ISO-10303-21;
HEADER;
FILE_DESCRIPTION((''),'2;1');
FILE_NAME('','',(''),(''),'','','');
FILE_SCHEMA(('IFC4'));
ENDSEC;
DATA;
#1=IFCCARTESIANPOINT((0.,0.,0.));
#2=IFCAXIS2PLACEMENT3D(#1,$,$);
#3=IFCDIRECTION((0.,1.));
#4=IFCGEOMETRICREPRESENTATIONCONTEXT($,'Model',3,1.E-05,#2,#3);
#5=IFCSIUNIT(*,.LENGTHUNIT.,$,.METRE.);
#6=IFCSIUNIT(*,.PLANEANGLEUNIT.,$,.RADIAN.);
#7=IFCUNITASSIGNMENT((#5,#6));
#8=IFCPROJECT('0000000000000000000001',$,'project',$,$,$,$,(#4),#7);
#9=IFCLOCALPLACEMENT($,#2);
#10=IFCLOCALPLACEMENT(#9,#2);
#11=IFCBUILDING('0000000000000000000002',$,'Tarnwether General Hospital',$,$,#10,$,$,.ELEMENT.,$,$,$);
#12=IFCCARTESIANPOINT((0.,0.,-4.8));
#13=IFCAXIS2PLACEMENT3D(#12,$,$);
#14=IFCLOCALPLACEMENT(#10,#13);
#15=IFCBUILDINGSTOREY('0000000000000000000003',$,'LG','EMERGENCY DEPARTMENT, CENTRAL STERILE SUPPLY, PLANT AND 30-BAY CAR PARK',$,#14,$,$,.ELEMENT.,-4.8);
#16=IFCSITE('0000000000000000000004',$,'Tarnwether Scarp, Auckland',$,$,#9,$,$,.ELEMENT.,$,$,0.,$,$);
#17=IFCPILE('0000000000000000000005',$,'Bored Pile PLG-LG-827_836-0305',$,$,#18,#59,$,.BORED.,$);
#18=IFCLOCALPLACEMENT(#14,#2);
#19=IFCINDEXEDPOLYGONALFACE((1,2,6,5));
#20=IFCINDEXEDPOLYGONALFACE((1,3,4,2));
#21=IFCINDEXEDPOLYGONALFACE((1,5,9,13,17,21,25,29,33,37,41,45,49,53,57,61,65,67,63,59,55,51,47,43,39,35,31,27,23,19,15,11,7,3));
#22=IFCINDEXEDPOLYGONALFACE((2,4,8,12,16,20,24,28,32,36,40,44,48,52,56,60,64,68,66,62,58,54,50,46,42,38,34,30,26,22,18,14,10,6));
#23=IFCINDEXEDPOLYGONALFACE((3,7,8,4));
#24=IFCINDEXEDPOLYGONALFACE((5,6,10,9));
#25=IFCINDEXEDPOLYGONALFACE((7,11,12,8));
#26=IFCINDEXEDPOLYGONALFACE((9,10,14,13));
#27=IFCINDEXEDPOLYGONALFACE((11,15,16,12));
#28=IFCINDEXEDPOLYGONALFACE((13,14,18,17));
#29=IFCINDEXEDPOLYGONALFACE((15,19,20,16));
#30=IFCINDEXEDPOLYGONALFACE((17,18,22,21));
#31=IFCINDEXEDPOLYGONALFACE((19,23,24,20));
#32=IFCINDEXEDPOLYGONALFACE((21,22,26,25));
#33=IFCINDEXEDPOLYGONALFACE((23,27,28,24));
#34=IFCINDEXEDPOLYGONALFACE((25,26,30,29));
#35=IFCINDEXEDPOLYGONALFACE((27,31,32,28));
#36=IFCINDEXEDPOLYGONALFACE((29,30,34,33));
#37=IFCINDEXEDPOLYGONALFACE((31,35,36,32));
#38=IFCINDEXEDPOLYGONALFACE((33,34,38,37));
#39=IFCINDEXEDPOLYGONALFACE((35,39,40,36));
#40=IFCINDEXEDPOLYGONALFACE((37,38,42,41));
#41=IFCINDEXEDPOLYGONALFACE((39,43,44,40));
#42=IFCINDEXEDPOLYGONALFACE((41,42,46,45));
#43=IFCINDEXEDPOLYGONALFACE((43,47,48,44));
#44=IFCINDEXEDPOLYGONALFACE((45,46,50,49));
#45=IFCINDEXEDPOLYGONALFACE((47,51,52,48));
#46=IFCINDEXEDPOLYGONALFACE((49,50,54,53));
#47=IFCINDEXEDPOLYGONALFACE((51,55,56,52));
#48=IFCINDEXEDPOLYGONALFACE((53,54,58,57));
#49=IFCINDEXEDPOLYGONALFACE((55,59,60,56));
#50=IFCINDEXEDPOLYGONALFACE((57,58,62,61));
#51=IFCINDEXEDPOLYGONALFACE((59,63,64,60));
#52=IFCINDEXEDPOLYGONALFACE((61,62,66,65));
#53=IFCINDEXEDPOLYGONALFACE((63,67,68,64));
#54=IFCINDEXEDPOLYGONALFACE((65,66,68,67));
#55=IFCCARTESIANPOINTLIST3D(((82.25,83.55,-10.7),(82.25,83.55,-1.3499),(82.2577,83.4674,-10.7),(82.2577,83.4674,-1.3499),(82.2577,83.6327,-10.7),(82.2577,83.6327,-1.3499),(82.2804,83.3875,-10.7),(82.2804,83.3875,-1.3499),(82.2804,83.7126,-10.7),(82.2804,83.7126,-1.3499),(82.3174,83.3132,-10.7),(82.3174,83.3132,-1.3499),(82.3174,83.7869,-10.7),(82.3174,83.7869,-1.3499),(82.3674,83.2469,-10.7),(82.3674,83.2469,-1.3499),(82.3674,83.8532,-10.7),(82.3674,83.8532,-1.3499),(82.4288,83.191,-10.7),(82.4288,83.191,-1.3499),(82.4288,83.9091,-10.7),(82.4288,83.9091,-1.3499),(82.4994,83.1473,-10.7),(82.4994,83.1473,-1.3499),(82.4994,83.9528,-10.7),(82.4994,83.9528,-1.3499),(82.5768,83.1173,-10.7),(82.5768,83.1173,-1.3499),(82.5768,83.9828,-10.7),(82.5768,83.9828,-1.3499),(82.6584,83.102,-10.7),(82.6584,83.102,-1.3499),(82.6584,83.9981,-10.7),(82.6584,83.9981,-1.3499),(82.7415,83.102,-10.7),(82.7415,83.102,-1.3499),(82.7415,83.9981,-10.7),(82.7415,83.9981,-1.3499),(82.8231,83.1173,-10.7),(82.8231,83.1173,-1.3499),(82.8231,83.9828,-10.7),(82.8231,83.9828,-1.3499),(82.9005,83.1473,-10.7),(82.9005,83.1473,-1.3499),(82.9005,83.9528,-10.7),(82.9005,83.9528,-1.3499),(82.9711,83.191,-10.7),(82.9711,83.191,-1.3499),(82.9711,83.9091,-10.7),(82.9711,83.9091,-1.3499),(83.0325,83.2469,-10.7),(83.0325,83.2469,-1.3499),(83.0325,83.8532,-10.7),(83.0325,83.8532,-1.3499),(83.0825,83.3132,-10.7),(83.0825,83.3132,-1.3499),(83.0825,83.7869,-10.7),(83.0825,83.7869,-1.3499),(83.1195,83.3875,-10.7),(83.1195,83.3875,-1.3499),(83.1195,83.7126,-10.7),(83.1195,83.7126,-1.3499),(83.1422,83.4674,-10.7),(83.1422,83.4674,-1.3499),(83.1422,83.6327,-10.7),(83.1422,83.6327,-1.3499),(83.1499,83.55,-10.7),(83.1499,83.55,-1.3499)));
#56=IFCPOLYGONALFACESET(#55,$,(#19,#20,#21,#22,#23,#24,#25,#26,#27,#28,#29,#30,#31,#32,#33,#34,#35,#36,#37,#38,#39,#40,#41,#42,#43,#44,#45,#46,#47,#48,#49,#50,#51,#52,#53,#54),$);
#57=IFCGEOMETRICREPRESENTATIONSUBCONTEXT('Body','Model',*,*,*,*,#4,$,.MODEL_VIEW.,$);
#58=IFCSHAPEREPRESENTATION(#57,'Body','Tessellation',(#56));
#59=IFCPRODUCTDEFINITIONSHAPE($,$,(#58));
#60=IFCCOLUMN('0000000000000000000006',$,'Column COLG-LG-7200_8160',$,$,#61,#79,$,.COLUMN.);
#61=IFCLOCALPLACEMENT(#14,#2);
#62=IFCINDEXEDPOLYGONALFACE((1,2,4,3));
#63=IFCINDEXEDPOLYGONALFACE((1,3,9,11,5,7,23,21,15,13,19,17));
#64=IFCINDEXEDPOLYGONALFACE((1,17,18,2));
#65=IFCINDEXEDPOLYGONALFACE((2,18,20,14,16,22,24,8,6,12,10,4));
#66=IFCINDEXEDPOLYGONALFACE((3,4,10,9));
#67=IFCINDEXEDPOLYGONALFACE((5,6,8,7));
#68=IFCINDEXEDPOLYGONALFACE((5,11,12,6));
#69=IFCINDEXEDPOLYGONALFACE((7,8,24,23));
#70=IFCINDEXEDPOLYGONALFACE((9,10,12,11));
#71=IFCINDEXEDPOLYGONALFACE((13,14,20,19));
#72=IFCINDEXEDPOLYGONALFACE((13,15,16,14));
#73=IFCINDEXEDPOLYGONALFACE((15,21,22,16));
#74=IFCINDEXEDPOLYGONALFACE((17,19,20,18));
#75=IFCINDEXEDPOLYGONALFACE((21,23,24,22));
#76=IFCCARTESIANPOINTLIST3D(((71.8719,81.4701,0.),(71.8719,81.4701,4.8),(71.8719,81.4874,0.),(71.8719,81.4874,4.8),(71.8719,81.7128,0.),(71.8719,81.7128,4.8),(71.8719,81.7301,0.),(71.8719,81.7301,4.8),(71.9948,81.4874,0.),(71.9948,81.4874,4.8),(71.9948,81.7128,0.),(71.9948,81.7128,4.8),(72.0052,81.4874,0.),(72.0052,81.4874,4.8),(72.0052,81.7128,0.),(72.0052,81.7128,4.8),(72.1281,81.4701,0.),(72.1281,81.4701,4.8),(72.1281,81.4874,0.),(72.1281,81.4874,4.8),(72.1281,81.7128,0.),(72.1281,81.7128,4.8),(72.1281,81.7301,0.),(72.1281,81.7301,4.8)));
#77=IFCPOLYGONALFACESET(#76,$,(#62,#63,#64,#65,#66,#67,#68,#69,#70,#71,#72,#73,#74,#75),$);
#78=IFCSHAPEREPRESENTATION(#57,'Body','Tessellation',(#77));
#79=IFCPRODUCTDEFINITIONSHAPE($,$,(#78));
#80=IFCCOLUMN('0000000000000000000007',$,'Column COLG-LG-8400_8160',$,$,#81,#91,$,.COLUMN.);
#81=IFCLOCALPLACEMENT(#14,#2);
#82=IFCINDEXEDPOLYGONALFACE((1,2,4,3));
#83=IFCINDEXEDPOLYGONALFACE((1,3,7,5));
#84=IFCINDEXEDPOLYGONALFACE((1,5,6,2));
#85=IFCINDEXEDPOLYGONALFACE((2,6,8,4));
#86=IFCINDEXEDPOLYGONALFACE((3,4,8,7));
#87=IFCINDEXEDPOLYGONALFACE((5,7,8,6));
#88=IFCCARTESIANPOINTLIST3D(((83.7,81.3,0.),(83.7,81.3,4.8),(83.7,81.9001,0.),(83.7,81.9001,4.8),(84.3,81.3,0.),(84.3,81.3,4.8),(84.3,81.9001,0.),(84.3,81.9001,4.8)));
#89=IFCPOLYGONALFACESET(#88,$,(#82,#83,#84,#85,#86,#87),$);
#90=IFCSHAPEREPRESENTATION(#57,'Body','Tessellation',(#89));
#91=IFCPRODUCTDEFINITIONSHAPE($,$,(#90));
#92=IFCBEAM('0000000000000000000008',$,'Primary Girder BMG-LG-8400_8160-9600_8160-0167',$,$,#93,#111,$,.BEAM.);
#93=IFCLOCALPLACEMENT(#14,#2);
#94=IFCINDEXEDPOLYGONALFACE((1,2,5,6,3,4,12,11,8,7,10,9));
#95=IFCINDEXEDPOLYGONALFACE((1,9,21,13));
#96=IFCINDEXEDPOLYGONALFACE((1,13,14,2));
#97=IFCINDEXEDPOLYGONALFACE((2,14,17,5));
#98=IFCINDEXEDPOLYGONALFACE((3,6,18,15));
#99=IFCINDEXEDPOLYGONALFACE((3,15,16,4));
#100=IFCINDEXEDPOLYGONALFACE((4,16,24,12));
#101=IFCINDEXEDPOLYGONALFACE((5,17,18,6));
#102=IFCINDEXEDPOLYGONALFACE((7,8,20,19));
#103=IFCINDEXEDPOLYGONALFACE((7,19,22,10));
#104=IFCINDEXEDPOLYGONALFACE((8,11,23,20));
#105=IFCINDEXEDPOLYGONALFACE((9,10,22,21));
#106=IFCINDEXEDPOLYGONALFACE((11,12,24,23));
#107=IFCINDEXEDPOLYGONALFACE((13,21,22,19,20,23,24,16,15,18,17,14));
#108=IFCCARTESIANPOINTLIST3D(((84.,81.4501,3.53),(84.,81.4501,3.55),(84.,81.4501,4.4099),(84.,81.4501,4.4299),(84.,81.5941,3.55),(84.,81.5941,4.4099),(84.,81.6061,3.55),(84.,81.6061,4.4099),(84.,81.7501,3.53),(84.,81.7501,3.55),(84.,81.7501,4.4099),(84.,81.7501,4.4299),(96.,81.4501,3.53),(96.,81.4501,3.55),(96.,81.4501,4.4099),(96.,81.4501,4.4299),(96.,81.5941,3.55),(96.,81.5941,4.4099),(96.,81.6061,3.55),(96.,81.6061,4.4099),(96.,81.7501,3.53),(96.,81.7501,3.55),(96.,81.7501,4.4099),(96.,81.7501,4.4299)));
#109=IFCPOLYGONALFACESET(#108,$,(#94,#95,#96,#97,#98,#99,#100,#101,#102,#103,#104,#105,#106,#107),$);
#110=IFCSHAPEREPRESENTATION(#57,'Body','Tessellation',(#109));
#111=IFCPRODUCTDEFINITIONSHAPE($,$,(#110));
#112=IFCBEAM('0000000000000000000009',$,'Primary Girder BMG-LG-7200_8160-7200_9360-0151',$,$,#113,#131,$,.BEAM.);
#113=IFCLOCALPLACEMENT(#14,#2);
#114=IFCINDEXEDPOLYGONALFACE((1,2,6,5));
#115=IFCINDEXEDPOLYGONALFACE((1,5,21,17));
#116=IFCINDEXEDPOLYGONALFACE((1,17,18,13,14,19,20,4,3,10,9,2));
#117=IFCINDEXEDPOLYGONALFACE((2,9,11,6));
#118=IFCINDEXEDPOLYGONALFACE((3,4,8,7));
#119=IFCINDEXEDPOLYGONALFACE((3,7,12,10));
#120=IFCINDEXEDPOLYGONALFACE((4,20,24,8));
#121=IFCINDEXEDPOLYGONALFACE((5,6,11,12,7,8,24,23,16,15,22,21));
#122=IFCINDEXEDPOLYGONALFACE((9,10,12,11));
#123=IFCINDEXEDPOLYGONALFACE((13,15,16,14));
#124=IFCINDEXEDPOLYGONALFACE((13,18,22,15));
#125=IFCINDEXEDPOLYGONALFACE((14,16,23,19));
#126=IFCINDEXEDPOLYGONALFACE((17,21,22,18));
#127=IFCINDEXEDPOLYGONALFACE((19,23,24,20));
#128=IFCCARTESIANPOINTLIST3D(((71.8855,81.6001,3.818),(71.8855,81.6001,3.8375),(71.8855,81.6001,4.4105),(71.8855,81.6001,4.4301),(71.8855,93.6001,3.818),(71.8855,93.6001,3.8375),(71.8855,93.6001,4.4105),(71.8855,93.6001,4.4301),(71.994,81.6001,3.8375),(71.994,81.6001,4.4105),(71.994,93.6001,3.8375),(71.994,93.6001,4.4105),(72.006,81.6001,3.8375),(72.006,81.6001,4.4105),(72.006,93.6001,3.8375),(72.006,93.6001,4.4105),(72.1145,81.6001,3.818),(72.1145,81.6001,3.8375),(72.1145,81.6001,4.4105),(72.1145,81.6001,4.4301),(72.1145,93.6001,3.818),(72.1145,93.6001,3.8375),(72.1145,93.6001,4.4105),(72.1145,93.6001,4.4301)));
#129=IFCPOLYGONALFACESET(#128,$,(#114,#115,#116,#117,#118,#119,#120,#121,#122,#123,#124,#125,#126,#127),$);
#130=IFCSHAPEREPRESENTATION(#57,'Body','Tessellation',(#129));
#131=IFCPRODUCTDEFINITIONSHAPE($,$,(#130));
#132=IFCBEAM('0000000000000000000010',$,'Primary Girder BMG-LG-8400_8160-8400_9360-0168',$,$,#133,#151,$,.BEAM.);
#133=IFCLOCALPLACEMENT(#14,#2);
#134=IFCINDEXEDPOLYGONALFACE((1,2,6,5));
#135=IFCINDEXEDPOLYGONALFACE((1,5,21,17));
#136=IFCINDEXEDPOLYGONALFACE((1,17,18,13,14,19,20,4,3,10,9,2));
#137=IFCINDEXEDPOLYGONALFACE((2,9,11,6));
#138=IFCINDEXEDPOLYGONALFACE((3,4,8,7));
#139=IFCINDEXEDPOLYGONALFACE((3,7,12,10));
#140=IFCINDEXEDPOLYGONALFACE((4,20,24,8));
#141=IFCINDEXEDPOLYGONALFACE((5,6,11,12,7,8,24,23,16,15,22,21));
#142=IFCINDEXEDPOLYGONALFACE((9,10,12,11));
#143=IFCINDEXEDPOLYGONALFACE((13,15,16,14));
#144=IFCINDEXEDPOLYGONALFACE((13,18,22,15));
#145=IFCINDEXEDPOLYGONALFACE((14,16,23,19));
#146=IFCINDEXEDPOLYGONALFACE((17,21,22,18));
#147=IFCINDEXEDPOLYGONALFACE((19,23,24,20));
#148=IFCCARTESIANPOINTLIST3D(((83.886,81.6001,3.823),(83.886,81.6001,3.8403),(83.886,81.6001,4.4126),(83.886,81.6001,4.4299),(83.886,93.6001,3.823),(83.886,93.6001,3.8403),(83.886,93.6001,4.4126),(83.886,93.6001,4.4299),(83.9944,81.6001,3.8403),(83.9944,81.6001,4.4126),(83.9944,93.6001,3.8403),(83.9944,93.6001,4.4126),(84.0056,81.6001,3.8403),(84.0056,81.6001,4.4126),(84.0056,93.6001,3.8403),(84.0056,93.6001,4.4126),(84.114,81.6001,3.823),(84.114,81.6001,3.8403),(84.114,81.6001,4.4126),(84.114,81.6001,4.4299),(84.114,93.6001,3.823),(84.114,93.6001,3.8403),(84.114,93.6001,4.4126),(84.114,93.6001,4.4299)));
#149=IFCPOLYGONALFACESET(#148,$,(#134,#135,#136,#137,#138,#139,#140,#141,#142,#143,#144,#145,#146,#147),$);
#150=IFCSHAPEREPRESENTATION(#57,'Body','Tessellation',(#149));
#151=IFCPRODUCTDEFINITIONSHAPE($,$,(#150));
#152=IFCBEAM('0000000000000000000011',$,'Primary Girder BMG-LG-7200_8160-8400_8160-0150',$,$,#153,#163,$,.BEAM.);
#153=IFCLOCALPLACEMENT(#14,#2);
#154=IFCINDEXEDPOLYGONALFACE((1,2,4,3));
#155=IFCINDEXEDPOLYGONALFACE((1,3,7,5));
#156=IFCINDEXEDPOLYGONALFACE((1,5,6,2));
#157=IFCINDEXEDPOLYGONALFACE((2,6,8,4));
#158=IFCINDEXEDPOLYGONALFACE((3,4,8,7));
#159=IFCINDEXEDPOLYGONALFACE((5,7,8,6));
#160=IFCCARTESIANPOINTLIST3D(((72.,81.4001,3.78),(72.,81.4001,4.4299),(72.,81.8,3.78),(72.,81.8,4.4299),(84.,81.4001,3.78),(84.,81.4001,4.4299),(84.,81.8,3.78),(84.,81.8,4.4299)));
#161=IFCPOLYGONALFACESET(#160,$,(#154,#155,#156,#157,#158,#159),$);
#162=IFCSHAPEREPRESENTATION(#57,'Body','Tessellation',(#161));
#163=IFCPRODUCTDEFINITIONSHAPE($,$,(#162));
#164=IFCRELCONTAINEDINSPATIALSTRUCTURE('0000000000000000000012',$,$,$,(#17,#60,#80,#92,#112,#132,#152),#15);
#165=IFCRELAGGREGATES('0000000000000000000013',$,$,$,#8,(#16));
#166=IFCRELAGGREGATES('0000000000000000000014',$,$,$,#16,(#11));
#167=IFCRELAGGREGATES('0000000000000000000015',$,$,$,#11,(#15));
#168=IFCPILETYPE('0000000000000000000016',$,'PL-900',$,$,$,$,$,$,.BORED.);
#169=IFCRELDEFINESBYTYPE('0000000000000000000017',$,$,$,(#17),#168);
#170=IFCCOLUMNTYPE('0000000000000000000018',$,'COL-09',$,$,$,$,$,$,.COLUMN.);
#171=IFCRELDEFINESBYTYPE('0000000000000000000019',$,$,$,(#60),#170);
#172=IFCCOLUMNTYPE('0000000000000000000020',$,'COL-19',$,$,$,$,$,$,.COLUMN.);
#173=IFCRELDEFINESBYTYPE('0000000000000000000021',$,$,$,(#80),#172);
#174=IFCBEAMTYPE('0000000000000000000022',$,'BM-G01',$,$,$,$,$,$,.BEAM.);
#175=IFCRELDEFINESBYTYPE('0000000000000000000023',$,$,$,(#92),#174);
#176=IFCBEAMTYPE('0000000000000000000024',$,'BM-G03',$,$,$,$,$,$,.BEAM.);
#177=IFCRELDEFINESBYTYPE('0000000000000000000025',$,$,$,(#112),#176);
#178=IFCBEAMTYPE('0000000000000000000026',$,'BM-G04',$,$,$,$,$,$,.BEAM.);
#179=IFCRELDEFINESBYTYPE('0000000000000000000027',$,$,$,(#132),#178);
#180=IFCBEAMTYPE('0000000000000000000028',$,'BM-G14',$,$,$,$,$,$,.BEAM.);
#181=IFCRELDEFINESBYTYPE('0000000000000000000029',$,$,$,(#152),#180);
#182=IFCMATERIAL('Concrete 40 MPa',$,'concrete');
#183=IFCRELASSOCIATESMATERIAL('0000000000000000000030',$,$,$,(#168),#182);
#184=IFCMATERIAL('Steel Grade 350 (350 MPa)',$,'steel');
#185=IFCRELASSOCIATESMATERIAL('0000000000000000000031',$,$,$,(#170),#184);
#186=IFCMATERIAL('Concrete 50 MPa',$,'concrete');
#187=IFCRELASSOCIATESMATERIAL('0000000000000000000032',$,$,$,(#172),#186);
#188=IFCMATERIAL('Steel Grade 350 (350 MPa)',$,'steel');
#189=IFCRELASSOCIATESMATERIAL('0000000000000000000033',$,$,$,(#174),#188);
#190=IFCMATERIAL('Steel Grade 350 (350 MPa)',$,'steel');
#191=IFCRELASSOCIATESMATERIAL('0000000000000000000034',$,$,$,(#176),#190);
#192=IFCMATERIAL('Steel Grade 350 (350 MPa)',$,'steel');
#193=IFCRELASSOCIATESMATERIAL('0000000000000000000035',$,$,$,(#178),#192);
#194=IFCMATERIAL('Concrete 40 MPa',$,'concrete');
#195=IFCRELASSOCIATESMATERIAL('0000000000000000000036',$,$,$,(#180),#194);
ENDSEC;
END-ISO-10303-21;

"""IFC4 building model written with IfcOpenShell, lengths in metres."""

from ifc_helpers import new_model, si_unit, direction, frame, origin, origin_2d, place, context, subcontext, project, spatial, rectangle, circle, i_section, extrude, material, material_profile, profile_set, type_object, element, save


model = new_model("IFC4")

# Units and contexts
model_context = context("Model", 3, precision=1e-05, world=origin(), true_north=direction((0.0, 1.0)))
body_context = subcontext(model_context, "Body", "Model", "MODEL_VIEW")
ifc_project = project(units=[si_unit("LENGTHUNIT", "METRE"), si_unit("PLANEANGLEUNIT", "RADIAN")], contexts=[model_context])

# Site, building, storey
site_placement = place(None, origin())
site = spatial("IfcSite", under=ifc_project, at=site_placement, Name="Tarnwether Scarp, Auckland", CompositionType="ELEMENT", RefElevation=0.0)
building_placement = place(site_placement, origin())
building = spatial("IfcBuilding", under=site, at=building_placement, Name="Tarnwether General Hospital", CompositionType="ELEMENT")
storey_placement = place(building_placement, frame((0.0, 0.0, -4.8)))
storey = spatial("IfcBuildingStorey", under=building, at=storey_placement, Name="LG", Description="EMERGENCY DEPARTMENT, CENTRAL STERILE SUPPLY, PLANT AND 30-BAY CAR PARK", CompositionType="ELEMENT", Elevation=-4.8)

# Pile
ifc_material_1 = material(Name="Concrete 40 MPa", Category="concrete")
ifc_material_profile_1 = material_profile(ifc_material_1, circle(Radius=0.45, at=origin_2d()), Name="PILE-D900")
ifc_profile_set_1 = profile_set([ifc_material_profile_1], Name="Concrete 40 MPa")
pile_type_1 = type_object("IfcPileType", Name="PL-900", PredefinedType="BORED", material=ifc_profile_set_1)
for number, where, z_axis, x_axis, name in (
    (1, (82.7, 83.55, -1.3499), (0.0, 0.0, -1.0), (1.0, 0.0, 0.0), "Bored Pile PLG-LG-827_836-0305"),
):
    element("IfcPile", number, at=place(storey_placement, frame(where, z_axis=z_axis, x_axis=x_axis)), inside=storey, type_object=pile_type_1, Name=name, PredefinedType="BORED", context=body_context, shape_type="SweptSolid", body=[
        extrude(circle(Radius=0.45, at=origin_2d()), origin(), (0.0, 0.0, 1.0), 9.3501),
    ])

# Columns
ifc_material_2 = material(Name="Steel Grade 350 (350 MPa)", Category="steel")
ifc_material_profile_2 = material_profile(ifc_material_2, i_section(OverallWidth=0.2561, OverallDepth=0.26, WebThickness=0.0105, FlangeThickness=0.0173, at=origin_2d()), Name="250UC89.5")
ifc_profile_set_2 = profile_set([ifc_material_profile_2], Name="Steel Grade 350 (350 MPa)")
column_type_1 = type_object("IfcColumnType", Name="COL-09", PredefinedType="COLUMN", material=ifc_profile_set_2)
column_1_placement = place(storey_placement, frame((72.0, 81.6001, 0.0), z_axis=(0.0, 0.0, 1.0), x_axis=(1.0, 0.0, 0.0)))
element("IfcColumn", 2, at=column_1_placement, inside=storey, type_object=column_type_1, Name="Column COLG-LG-7200_8160", PredefinedType="COLUMN", context=body_context, shape_type="SweptSolid", body=[
    extrude(i_section(OverallWidth=0.2561, OverallDepth=0.26, WebThickness=0.0105, FlangeThickness=0.0173, at=origin_2d()), origin(), (0.0, 0.0, 1.0), 4.8),
])
ifc_material_3 = material(Name="Concrete 50 MPa", Category="concrete")
ifc_material_profile_3 = material_profile(ifc_material_3, rectangle(XDim=0.6001, YDim=0.6001, at=origin_2d()), Name="RC-COL-600x600")
ifc_profile_set_3 = profile_set([ifc_material_profile_3], Name="Concrete 50 MPa")
column_type_2 = type_object("IfcColumnType", Name="COL-19", PredefinedType="COLUMN", material=ifc_profile_set_3)
column_2_placement = place(storey_placement, frame((84.0, 81.6001, 0.0), z_axis=(0.0, 0.0, 1.0), x_axis=(0.0, 1.0, 0.0)))
element("IfcColumn", 3, at=column_2_placement, inside=storey, type_object=column_type_2, Name="Column COLG-LG-8400_8160", PredefinedType="COLUMN", context=body_context, shape_type="SweptSolid", body=[
    extrude(rectangle(XDim=0.6001, YDim=0.6001, at=origin_2d()), origin(), (0.0, 0.0, 1.0), 4.8),
])

# Beams
ifc_material_4 = material(Name="Steel Grade 350 (350 MPa)", Category="steel")
ifc_material_profile_4 = material_profile(ifc_material_4, i_section(OverallWidth=0.3, OverallDepth=0.8999, WebThickness=0.012, FlangeThickness=0.02, at=origin_2d()), Name="900WB175")
ifc_profile_set_4 = profile_set([ifc_material_profile_4], Name="Steel Grade 350 (350 MPa)")
beam_type_1 = type_object("IfcBeamType", Name="BM-G01", PredefinedType="BEAM", material=ifc_profile_set_4)
beam_1_placement = place(storey_placement, frame((84.0, 81.6001, 3.98), z_axis=(1.0, 0.0, 0.0), x_axis=(0.0, 1.0, 0.0)))
element("IfcBeam", 4, at=beam_1_placement, inside=storey, type_object=beam_type_1, Name="Primary Girder BMG-LG-8400_8160-9600_8160-0167", PredefinedType="BEAM", context=body_context, shape_type="SweptSolid", body=[
    extrude(i_section(OverallWidth=0.3, OverallDepth=0.8999, WebThickness=0.012, FlangeThickness=0.02, at=origin_2d()), origin(), (0.0, 0.0, 1.0), 12.0),
])
ifc_material_5 = material(Name="Steel Grade 350 (350 MPa)", Category="steel")
ifc_material_profile_5 = material_profile(ifc_material_5, i_section(OverallWidth=0.229, OverallDepth=0.6121, WebThickness=0.012, FlangeThickness=0.0195, at=origin_2d()), Name="610UB125")
ifc_profile_set_5 = profile_set([ifc_material_profile_5], Name="Steel Grade 350 (350 MPa)")
beam_type_2 = type_object("IfcBeamType", Name="BM-G03", PredefinedType="BEAM", material=ifc_profile_set_5)
beam_2_placement = place(storey_placement, frame((72.0, 81.6001, 4.124), z_axis=(0.0, 1.0, 0.0), x_axis=(-1.0, 0.0, 0.0)))
element("IfcBeam", 5, at=beam_2_placement, inside=storey, type_object=beam_type_2, Name="Primary Girder BMG-LG-7200_8160-7200_9360-0151", PredefinedType="BEAM", context=body_context, shape_type="SweptSolid", body=[
    extrude(i_section(OverallWidth=0.229, OverallDepth=0.6121, WebThickness=0.012, FlangeThickness=0.0195, at=origin_2d()), origin(), (0.0, 0.0, 1.0), 12.0),
])
ifc_material_6 = material(Name="Steel Grade 350 (350 MPa)", Category="steel")
ifc_material_profile_6 = material_profile(ifc_material_6, i_section(OverallWidth=0.228, OverallDepth=0.6069, WebThickness=0.0112, FlangeThickness=0.0173, at=origin_2d()), Name="610UB113")
ifc_profile_set_6 = profile_set([ifc_material_profile_6], Name="Steel Grade 350 (350 MPa)")
beam_type_3 = type_object("IfcBeamType", Name="BM-G04", PredefinedType="BEAM", material=ifc_profile_set_6)
beam_3_placement = place(storey_placement, frame((84.0, 81.6001, 4.1265), z_axis=(0.0, 1.0, 0.0), x_axis=(-1.0, 0.0, 0.0)))
element("IfcBeam", 6, at=beam_3_placement, inside=storey, type_object=beam_type_3, Name="Primary Girder BMG-LG-8400_8160-8400_9360-0168", PredefinedType="BEAM", context=body_context, shape_type="SweptSolid", body=[
    extrude(i_section(OverallWidth=0.228, OverallDepth=0.6069, WebThickness=0.0112, FlangeThickness=0.0173, at=origin_2d()), origin(), (0.0, 0.0, 1.0), 12.0),
])
ifc_material_7 = material(Name="Concrete 40 MPa", Category="concrete")
ifc_material_profile_7 = material_profile(ifc_material_7, rectangle(XDim=0.3999, YDim=0.6499, at=origin_2d()), Name="RC-BM-400x650")
ifc_profile_set_7 = profile_set([ifc_material_profile_7], Name="Concrete 40 MPa")
beam_type_4 = type_object("IfcBeamType", Name="BM-G14", PredefinedType="BEAM", material=ifc_profile_set_7)
beam_4_placement = place(storey_placement, frame((72.0, 81.6001, 4.105), z_axis=(1.0, 0.0, 0.0), x_axis=(0.0, 1.0, 0.0)))
element("IfcBeam", 7, at=beam_4_placement, inside=storey, type_object=beam_type_4, Name="Primary Girder BMG-LG-7200_8160-8400_8160-0150", PredefinedType="BEAM", context=body_context, shape_type="SweptSolid", body=[
    extrude(rectangle(XDim=0.3999, YDim=0.6499, at=origin_2d()), origin(), (0.0, 0.0, 1.0), 12.0),
])

save(model, "model.ifc")
